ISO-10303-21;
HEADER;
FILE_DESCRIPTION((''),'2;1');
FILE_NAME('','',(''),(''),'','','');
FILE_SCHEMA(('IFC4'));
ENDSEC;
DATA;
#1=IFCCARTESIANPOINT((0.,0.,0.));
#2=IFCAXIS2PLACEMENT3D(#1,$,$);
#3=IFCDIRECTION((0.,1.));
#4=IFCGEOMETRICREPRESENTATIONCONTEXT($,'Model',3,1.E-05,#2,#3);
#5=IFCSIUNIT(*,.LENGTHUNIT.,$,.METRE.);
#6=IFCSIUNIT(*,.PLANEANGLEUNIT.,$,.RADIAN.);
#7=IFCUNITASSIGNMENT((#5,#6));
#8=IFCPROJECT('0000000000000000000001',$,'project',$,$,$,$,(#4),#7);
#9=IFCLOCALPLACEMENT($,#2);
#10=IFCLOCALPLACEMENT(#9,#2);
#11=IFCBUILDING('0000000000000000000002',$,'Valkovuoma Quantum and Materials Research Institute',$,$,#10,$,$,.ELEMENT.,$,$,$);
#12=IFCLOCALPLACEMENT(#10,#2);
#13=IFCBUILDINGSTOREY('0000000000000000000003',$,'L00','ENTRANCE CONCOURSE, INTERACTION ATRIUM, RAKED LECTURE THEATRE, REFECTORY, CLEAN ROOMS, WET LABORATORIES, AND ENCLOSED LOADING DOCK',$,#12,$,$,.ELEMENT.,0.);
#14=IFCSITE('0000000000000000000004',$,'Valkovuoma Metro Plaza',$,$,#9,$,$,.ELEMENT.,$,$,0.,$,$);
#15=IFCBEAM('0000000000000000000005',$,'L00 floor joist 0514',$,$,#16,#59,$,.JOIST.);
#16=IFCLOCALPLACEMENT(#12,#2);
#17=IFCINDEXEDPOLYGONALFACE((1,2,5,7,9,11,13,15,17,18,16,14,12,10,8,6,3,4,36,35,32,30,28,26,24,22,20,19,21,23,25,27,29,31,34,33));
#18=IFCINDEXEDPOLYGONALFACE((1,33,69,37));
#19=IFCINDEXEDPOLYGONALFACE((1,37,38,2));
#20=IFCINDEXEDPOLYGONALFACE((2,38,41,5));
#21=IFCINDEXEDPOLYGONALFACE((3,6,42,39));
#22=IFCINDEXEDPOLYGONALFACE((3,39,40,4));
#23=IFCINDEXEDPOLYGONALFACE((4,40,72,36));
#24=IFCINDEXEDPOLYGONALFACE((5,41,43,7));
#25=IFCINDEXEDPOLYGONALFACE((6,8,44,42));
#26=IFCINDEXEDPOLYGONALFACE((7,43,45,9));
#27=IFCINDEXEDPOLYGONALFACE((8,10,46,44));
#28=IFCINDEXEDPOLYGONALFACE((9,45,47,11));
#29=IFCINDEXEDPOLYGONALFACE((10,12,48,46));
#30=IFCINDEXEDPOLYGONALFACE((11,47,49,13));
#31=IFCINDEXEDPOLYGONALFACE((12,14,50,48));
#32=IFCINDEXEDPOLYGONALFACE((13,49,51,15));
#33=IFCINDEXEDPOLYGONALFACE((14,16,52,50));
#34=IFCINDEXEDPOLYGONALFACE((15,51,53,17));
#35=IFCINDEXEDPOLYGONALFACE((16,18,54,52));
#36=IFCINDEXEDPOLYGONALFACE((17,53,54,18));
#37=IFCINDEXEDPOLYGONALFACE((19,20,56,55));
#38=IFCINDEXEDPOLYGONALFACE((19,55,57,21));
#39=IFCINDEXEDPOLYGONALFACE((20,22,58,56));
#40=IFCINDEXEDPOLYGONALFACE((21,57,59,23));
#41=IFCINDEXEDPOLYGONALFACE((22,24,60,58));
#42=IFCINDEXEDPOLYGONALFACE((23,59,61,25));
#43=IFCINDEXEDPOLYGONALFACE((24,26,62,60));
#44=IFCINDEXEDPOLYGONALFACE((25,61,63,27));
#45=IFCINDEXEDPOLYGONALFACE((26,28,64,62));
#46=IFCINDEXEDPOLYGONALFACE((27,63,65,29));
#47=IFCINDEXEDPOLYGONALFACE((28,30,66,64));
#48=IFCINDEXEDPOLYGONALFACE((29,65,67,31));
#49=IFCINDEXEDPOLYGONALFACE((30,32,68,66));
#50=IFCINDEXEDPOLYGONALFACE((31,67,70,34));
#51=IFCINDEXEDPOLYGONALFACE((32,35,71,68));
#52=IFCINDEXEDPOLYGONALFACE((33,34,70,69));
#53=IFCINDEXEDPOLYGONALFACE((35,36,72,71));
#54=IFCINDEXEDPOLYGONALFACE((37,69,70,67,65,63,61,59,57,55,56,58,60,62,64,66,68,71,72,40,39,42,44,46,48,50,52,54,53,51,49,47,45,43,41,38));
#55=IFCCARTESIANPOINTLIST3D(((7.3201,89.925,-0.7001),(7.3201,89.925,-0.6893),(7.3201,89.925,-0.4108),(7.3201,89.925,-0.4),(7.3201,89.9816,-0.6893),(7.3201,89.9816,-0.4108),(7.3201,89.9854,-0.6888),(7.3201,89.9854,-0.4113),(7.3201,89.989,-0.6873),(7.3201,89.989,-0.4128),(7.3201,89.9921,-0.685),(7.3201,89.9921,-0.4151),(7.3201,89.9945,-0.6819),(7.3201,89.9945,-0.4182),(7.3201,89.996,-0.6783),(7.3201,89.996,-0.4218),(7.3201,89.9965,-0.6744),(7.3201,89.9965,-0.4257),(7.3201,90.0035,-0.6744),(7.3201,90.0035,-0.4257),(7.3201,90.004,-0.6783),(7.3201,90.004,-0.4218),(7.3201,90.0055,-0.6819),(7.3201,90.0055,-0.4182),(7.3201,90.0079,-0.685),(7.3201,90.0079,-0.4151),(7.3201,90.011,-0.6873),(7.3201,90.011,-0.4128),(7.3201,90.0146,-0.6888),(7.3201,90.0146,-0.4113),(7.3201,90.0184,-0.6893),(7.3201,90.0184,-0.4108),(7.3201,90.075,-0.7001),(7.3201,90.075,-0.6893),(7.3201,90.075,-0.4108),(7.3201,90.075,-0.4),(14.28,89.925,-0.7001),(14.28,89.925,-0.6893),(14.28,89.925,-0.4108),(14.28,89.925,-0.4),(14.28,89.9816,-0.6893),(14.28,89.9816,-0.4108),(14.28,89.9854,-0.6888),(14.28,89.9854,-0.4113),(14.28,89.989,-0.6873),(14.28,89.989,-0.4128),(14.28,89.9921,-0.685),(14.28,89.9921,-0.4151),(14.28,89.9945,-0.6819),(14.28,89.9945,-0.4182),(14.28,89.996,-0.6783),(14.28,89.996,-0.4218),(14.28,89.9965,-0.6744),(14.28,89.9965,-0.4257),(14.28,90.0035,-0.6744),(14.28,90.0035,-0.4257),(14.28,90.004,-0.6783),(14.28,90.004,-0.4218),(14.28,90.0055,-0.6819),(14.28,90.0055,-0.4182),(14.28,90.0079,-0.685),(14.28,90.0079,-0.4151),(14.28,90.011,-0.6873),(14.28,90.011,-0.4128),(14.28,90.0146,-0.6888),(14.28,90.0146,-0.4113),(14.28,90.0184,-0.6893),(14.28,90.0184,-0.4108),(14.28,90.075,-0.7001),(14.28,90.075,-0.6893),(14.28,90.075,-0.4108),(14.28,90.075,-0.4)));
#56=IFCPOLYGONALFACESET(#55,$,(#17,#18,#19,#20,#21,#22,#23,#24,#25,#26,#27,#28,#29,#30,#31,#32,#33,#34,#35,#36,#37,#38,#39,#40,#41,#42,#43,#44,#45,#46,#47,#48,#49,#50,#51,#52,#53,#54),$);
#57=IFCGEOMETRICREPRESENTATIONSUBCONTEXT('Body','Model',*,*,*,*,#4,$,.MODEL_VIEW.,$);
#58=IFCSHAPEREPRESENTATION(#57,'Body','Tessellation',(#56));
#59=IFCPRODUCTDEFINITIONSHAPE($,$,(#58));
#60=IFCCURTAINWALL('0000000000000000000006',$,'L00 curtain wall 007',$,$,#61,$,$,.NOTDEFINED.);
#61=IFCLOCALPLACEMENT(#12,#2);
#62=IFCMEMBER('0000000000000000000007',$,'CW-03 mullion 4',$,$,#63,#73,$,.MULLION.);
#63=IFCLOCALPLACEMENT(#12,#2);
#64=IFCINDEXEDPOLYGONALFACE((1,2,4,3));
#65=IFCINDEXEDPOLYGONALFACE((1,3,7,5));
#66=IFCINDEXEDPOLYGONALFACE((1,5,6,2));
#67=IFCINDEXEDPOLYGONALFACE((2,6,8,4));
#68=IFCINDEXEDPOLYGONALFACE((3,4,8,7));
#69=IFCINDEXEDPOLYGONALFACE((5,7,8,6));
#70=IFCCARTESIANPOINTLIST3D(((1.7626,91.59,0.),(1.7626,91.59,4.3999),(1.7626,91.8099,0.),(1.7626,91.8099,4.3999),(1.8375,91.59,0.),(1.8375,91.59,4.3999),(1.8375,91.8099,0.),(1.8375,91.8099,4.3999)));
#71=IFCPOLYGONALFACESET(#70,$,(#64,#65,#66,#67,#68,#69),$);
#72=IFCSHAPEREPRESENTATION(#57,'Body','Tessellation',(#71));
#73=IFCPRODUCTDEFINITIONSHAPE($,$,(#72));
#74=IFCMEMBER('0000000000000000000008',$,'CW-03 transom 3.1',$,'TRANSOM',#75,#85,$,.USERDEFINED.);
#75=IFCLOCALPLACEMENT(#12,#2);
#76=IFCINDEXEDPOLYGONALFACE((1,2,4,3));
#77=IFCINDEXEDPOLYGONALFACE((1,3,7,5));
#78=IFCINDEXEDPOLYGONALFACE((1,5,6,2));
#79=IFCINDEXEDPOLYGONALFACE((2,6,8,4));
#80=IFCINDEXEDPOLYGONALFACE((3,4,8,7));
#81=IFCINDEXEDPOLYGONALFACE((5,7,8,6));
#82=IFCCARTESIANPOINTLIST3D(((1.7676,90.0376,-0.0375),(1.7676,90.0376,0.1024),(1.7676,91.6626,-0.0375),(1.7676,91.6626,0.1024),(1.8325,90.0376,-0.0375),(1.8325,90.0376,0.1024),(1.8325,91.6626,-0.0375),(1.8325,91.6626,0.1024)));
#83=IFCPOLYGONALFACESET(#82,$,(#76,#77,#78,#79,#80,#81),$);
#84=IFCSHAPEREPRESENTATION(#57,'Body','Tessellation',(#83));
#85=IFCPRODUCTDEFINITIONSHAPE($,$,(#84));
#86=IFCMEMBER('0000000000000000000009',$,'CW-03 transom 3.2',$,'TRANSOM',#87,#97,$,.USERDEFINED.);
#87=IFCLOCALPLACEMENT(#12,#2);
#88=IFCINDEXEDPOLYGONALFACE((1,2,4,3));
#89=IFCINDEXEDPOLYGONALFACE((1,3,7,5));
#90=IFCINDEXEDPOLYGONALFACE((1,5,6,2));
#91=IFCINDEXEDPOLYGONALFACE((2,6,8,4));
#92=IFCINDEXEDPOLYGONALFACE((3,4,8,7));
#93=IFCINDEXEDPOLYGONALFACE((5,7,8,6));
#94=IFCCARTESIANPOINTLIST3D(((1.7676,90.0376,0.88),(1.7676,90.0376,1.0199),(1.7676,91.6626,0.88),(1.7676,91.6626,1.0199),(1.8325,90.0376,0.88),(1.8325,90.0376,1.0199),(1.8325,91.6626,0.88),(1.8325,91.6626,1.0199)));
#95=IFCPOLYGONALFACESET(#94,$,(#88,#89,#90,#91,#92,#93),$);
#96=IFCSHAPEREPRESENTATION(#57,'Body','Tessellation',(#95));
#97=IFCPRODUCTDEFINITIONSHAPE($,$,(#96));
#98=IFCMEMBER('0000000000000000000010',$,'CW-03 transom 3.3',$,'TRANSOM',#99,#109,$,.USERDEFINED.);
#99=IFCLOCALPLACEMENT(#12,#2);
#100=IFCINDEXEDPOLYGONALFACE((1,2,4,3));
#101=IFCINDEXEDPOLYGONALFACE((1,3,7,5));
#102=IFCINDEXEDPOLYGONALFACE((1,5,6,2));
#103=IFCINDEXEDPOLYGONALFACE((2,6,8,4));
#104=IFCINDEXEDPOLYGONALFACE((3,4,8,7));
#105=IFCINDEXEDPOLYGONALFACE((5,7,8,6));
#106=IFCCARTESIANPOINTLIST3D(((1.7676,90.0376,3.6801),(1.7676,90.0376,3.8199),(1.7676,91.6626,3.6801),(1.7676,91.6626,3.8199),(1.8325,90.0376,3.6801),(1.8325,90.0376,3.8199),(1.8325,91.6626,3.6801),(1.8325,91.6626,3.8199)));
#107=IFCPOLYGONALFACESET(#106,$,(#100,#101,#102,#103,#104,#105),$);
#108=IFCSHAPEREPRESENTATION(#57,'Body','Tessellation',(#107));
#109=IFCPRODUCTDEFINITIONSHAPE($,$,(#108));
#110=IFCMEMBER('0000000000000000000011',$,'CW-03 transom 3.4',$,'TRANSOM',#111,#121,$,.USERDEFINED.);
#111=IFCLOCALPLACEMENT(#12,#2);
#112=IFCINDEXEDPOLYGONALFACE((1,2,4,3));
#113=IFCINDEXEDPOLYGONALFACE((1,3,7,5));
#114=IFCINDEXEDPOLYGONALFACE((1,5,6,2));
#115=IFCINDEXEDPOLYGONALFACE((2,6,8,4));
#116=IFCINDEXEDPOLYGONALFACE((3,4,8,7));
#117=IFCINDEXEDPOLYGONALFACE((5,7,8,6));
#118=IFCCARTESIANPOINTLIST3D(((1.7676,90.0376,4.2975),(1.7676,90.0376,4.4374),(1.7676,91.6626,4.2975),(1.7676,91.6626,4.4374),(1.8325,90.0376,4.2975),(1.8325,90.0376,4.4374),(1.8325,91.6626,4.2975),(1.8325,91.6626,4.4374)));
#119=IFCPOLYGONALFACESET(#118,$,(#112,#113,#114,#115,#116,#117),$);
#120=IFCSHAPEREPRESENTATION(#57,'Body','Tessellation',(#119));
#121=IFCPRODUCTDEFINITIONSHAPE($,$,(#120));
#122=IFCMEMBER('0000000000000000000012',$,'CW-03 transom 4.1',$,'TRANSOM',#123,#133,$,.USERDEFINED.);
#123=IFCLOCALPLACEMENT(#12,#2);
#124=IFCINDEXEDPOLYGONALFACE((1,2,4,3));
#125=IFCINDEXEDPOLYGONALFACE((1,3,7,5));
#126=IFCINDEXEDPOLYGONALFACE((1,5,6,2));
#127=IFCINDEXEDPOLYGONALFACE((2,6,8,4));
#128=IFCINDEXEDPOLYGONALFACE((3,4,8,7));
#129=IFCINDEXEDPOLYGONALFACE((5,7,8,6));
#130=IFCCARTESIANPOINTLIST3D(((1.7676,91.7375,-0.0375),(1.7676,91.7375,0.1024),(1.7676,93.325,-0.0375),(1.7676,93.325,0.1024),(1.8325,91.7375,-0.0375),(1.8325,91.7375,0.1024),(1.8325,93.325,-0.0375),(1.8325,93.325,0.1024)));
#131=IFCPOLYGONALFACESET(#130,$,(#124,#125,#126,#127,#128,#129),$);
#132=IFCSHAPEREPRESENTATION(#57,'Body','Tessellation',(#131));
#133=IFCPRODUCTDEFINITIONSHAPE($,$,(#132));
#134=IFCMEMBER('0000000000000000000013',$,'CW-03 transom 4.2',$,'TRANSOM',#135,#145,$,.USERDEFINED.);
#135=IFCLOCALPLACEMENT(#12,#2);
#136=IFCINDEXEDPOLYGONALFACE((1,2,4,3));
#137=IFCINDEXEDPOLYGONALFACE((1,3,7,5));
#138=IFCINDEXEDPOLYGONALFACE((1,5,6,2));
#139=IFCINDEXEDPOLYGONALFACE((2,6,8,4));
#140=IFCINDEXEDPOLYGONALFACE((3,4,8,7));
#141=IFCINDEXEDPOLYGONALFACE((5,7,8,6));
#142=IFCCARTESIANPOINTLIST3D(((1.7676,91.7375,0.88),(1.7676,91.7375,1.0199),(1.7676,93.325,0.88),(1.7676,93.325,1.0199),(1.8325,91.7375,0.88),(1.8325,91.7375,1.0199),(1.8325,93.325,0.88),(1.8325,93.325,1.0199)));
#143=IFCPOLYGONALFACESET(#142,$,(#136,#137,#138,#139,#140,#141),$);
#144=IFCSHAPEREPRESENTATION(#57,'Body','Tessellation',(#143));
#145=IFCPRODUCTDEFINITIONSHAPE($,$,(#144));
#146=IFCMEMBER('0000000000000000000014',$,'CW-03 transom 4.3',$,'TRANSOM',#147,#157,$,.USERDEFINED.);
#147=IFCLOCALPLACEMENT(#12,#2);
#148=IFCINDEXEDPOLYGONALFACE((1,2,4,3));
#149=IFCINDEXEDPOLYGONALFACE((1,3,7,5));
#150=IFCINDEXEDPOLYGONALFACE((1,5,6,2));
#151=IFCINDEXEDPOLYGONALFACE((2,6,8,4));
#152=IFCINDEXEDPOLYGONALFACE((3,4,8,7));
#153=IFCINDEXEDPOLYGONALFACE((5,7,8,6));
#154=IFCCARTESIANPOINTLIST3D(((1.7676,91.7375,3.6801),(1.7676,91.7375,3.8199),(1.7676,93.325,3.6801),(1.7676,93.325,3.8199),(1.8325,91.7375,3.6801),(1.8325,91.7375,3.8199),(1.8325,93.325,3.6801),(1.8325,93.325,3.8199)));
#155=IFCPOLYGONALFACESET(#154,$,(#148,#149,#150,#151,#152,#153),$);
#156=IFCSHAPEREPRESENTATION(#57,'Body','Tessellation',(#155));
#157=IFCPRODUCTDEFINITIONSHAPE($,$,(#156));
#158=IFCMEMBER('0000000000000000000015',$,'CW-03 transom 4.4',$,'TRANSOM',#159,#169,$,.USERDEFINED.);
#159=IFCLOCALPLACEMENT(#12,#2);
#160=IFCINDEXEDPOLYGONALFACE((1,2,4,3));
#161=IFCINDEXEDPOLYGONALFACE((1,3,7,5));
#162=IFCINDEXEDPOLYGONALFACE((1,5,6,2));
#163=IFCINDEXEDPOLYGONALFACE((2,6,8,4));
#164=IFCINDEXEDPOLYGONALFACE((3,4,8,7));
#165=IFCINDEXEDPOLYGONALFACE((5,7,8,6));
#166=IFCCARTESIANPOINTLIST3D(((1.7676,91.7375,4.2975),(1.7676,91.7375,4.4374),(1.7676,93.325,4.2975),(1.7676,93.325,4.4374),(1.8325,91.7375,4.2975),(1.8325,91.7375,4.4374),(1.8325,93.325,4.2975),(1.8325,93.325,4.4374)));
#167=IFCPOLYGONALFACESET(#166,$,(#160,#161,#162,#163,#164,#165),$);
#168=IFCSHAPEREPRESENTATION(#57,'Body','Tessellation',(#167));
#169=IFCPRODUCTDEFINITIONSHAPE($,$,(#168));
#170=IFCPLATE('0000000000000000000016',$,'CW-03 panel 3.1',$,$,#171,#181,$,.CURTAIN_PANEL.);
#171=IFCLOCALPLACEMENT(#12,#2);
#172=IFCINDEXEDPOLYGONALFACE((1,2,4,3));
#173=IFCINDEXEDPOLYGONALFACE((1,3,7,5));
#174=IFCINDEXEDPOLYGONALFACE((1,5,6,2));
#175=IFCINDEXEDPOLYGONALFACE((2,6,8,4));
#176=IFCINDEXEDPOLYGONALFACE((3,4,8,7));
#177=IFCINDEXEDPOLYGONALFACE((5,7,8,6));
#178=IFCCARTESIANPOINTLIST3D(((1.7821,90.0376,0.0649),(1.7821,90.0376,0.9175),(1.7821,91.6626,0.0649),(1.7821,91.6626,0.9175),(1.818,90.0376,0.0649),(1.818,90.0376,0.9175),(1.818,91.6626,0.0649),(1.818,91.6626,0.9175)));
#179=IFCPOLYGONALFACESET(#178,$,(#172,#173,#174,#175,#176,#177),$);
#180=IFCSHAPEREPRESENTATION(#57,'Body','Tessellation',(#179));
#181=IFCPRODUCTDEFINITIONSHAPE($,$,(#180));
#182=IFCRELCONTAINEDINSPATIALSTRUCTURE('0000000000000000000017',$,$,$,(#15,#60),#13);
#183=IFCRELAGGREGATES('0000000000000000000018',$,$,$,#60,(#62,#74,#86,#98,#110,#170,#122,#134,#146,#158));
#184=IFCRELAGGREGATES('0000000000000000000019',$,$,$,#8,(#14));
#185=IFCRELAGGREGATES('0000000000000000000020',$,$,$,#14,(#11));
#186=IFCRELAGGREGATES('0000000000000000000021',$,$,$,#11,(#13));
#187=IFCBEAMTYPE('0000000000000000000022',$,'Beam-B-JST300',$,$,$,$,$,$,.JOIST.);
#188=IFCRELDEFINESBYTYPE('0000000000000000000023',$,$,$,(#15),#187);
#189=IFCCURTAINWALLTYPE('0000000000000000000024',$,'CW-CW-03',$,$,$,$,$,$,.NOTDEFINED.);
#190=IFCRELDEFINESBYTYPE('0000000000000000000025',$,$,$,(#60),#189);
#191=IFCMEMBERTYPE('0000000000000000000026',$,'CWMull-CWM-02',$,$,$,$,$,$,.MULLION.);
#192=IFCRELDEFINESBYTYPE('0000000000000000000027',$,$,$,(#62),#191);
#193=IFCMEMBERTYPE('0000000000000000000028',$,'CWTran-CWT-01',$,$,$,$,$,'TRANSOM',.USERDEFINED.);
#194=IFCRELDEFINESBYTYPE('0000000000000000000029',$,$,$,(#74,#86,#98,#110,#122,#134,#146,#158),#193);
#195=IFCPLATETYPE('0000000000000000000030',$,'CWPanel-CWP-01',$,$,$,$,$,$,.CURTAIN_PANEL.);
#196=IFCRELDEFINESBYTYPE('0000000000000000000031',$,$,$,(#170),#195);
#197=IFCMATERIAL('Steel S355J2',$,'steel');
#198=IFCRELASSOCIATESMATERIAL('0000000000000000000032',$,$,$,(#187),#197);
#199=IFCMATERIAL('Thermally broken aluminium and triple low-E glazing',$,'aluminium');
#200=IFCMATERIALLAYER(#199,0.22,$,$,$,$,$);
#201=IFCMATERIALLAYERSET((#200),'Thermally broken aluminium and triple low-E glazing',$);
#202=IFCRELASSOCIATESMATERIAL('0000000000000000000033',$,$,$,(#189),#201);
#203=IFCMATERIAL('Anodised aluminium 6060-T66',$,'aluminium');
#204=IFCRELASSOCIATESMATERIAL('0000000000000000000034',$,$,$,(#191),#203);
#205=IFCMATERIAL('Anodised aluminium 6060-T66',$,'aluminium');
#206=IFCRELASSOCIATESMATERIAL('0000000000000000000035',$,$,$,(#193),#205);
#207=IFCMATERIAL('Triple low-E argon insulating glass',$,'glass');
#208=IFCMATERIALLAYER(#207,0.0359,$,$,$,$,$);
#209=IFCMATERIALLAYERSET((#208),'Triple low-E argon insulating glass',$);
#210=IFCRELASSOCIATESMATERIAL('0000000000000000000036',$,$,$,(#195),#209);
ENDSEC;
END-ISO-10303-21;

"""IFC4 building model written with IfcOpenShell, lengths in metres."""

from ifc_helpers import new_model, si_unit, direction, frame, origin, origin_2d, place, context, subcontext, project, spatial, rectangle, i_section, extrude, material, layer, layer_set, material_profile, profile_set, type_object, element, aggregate, save


model = new_model("IFC4")

# Units and contexts
model_context = context("Model", 3, precision=1e-05, world=origin(), true_north=direction((0.0, 1.0)))
body_context = subcontext(model_context, "Body", "Model", "MODEL_VIEW")
ifc_project = project(units=[si_unit("LENGTHUNIT", "METRE"), si_unit("PLANEANGLEUNIT", "RADIAN")], contexts=[model_context])

# Site, building, storey
site_placement = place(None, origin())
site = spatial("IfcSite", under=ifc_project, at=site_placement, Name="Valkovuoma Metro Plaza", CompositionType="ELEMENT", RefElevation=0.0)
building_placement = place(site_placement, origin())
building = spatial("IfcBuilding", under=site, at=building_placement, Name="Valkovuoma Quantum and Materials Research Institute", CompositionType="ELEMENT")
storey_placement = place(building_placement, origin())
storey = spatial("IfcBuildingStorey", under=building, at=storey_placement, Name="L00", Description="ENTRANCE CONCOURSE, INTERACTION ATRIUM, RAKED LECTURE THEATRE, REFECTORY, CLEAN ROOMS, WET LABORATORIES, AND ENCLOSED LOADING DOCK", CompositionType="ELEMENT", Elevation=0.0)

# Beam
ifc_material_1 = material(Name="Steel S355J2", Category="steel")
ifc_material_profile_1 = material_profile(ifc_material_1, i_section(OverallWidth=0.1499, OverallDepth=0.3, WebThickness=0.0071, FlangeThickness=0.0107, FilletRadius=0.0149, at=origin_2d()), Name="Steel S355J2")
ifc_profile_set_1 = profile_set([ifc_material_profile_1], Name="Steel S355J2")
beam_type = type_object("IfcBeamType", Name="Beam-B-JST300", PredefinedType="JOIST", material=ifc_profile_set_1)
beam_placement = place(storey_placement, frame((7.3201, 90.0, -0.55), z_axis=(1.0, 0.0, 0.0), x_axis=(0.0, 1.0, 0.0)))
element("IfcBeam", 1, at=beam_placement, inside=storey, type_object=beam_type, Name="L00 floor joist 0514", PredefinedType="JOIST", context=body_context, shape_type="SweptSolid", body=[
    extrude(i_section(OverallWidth=0.1499, OverallDepth=0.3, WebThickness=0.0071, FlangeThickness=0.0107, FilletRadius=0.0149, at=origin_2d()), origin(), (0.0, 0.0, 1.0), 6.96),
])

# Curtain wall, members, plate
ifc_material_2 = material(Name="Thermally broken aluminium and triple low-E glazing", Category="aluminium")
ifc_layer_1 = layer(ifc_material_2, 0.22)
ifc_layer_set_1 = layer_set([ifc_layer_1], Name="Thermally broken aluminium and triple low-E glazing")
curtain_wall_type = type_object("IfcCurtainWallType", Name="CW-CW-03", PredefinedType="NOTDEFINED", material=ifc_layer_set_1)
curtain_wall_placement = place(storey_placement, origin())
curtain_wall = element("IfcCurtainWall", 2, at=curtain_wall_placement, inside=storey, type_object=curtain_wall_type, Name="L00 curtain wall 007", PredefinedType="NOTDEFINED")
ifc_material_3 = material(Name="Anodised aluminium 6060-T66", Category="aluminium")
ifc_material_profile_2 = material_profile(ifc_material_3, rectangle(XDim=0.075, YDim=0.22, at=origin_2d()), Name="Anodised aluminium 6060-T66")
ifc_profile_set_2 = profile_set([ifc_material_profile_2], Name="Anodised aluminium 6060-T66")
member_type_1 = type_object("IfcMemberType", Name="CWMull-CWM-02", PredefinedType="MULLION", material=ifc_profile_set_2)
member_1_placement = place(storey_placement, frame((1.8, 91.7, 0.0), z_axis=(0.0, 0.0, 1.0), x_axis=(-1.0, 0.0, 0.0)))
member_1 = element("IfcMember", 3, at=member_1_placement, type_object=member_type_1, Name="CW-03 mullion 4", PredefinedType="MULLION", context=body_context, shape_type="SweptSolid", body=[
    extrude(rectangle(XDim=0.075, YDim=0.22, at=origin_2d()), origin(), (0.0, 0.0, 1.0), 4.3999),
])
ifc_material_4 = material(Name="Anodised aluminium 6060-T66", Category="aluminium")
ifc_material_profile_3 = material_profile(ifc_material_4, rectangle(XDim=0.0649, YDim=0.1399, at=origin_2d()), Name="Anodised aluminium 6060-T66")
ifc_profile_set_3 = profile_set([ifc_material_profile_3], Name="Anodised aluminium 6060-T66")
member_type_2 = type_object("IfcMemberType", Name="CWTran-CWT-01", ElementType="TRANSOM", PredefinedType="USERDEFINED", material=ifc_profile_set_3)
member_2_placement = place(storey_placement, frame((1.8, 90.0376, 0.0325), z_axis=(0.0, 1.0, 0.0), x_axis=(-1.0, 0.0, 0.0)))
member_2 = element("IfcMember", 4, at=member_2_placement, type_object=member_type_2, Name="CW-03 transom 3.1", ObjectType="TRANSOM", PredefinedType="USERDEFINED", context=body_context, shape_type="SweptSolid", body=[
    extrude(rectangle(XDim=0.0649, YDim=0.1399, at=origin_2d()), origin(), (0.0, 0.0, 1.0), 1.625),
])
member_3_placement = place(storey_placement, frame((1.8, 90.0376, 0.95), z_axis=(0.0, 1.0, 0.0), x_axis=(-1.0, 0.0, 0.0)))
member_3 = element("IfcMember", 5, at=member_3_placement, type_object=member_type_2, Name="CW-03 transom 3.2", ObjectType="TRANSOM", PredefinedType="USERDEFINED", context=body_context, shape_type="SweptSolid", body=[
    extrude(rectangle(XDim=0.0649, YDim=0.1399, at=origin_2d()), origin(), (0.0, 0.0, 1.0), 1.625),
])
member_4_placement = place(storey_placement, frame((1.8, 90.0376, 3.75), z_axis=(0.0, 1.0, 0.0), x_axis=(-1.0, 0.0, 0.0)))
member_4 = element("IfcMember", 6, at=member_4_placement, type_object=member_type_2, Name="CW-03 transom 3.3", ObjectType="TRANSOM", PredefinedType="USERDEFINED", context=body_context, shape_type="SweptSolid", body=[
    extrude(rectangle(XDim=0.0649, YDim=0.1399, at=origin_2d()), origin(), (0.0, 0.0, 1.0), 1.625),
])
member_5_placement = place(storey_placement, frame((1.8, 90.0376, 4.3674), z_axis=(0.0, 1.0, 0.0), x_axis=(-1.0, 0.0, 0.0)))
member_5 = element("IfcMember", 7, at=member_5_placement, type_object=member_type_2, Name="CW-03 transom 3.4", ObjectType="TRANSOM", PredefinedType="USERDEFINED", context=body_context, shape_type="SweptSolid", body=[
    extrude(rectangle(XDim=0.0649, YDim=0.1399, at=origin_2d()), origin(), (0.0, 0.0, 1.0), 1.625),
])
member_6_placement = place(storey_placement, frame((1.8, 91.7375, 0.0325), z_axis=(0.0, 1.0, 0.0), x_axis=(-1.0, 0.0, 0.0)))
member_6 = element("IfcMember", 8, at=member_6_placement, type_object=member_type_2, Name="CW-03 transom 4.1", ObjectType="TRANSOM", PredefinedType="USERDEFINED", context=body_context, shape_type="SweptSolid", body=[
    extrude(rectangle(XDim=0.0649, YDim=0.1399, at=origin_2d()), origin(), (0.0, 0.0, 1.0), 1.5874),
])
member_7_placement = place(storey_placement, frame((1.8, 91.7375, 0.95), z_axis=(0.0, 1.0, 0.0), x_axis=(-1.0, 0.0, 0.0)))
member_7 = element("IfcMember", 9, at=member_7_placement, type_object=member_type_2, Name="CW-03 transom 4.2", ObjectType="TRANSOM", PredefinedType="USERDEFINED", context=body_context, shape_type="SweptSolid", body=[
    extrude(rectangle(XDim=0.0649, YDim=0.1399, at=origin_2d()), origin(), (0.0, 0.0, 1.0), 1.5874),
])
member_8_placement = place(storey_placement, frame((1.8, 91.7375, 3.75), z_axis=(0.0, 1.0, 0.0), x_axis=(-1.0, 0.0, 0.0)))
member_8 = element("IfcMember", 10, at=member_8_placement, type_object=member_type_2, Name="CW-03 transom 4.3", ObjectType="TRANSOM", PredefinedType="USERDEFINED", context=body_context, shape_type="SweptSolid", body=[
    extrude(rectangle(XDim=0.0649, YDim=0.1399, at=origin_2d()), origin(), (0.0, 0.0, 1.0), 1.5874),
])
member_9_placement = place(storey_placement, frame((1.8, 91.7375, 4.3674), z_axis=(0.0, 1.0, 0.0), x_axis=(-1.0, 0.0, 0.0)))
member_9 = element("IfcMember", 11, at=member_9_placement, type_object=member_type_2, Name="CW-03 transom 4.4", ObjectType="TRANSOM", PredefinedType="USERDEFINED", context=body_context, shape_type="SweptSolid", body=[
    extrude(rectangle(XDim=0.0649, YDim=0.1399, at=origin_2d()), origin(), (0.0, 0.0, 1.0), 1.5874),
])
ifc_material_5 = material(Name="Triple low-E argon insulating glass", Category="glass")
ifc_layer_2 = layer(ifc_material_5, 0.0359)
ifc_layer_set_2 = layer_set([ifc_layer_2], Name="Triple low-E argon insulating glass")
plate_type = type_object("IfcPlateType", Name="CWPanel-CWP-01", PredefinedType="CURTAIN_PANEL", material=ifc_layer_set_2)
plate_1_placement = place(storey_placement, frame((1.8, 90.8501, 0.0649), z_axis=(0.0, 0.0, 1.0), x_axis=(0.0, 1.0, 0.0)))
plate_1 = element("IfcPlate", 12, at=plate_1_placement, type_object=plate_type, Name="CW-03 panel 3.1", PredefinedType="CURTAIN_PANEL", context=body_context, shape_type="SweptSolid", body=[
    extrude(rectangle(XDim=1.625, YDim=0.0359, at=origin_2d()), origin(), (0.0, 0.0, 1.0), 0.8525),
])
aggregate(curtain_wall, [member_1, member_2, member_3, member_4, member_5, plate_1, member_6, member_7, member_8, member_9])

save(model, "model.ifc")
